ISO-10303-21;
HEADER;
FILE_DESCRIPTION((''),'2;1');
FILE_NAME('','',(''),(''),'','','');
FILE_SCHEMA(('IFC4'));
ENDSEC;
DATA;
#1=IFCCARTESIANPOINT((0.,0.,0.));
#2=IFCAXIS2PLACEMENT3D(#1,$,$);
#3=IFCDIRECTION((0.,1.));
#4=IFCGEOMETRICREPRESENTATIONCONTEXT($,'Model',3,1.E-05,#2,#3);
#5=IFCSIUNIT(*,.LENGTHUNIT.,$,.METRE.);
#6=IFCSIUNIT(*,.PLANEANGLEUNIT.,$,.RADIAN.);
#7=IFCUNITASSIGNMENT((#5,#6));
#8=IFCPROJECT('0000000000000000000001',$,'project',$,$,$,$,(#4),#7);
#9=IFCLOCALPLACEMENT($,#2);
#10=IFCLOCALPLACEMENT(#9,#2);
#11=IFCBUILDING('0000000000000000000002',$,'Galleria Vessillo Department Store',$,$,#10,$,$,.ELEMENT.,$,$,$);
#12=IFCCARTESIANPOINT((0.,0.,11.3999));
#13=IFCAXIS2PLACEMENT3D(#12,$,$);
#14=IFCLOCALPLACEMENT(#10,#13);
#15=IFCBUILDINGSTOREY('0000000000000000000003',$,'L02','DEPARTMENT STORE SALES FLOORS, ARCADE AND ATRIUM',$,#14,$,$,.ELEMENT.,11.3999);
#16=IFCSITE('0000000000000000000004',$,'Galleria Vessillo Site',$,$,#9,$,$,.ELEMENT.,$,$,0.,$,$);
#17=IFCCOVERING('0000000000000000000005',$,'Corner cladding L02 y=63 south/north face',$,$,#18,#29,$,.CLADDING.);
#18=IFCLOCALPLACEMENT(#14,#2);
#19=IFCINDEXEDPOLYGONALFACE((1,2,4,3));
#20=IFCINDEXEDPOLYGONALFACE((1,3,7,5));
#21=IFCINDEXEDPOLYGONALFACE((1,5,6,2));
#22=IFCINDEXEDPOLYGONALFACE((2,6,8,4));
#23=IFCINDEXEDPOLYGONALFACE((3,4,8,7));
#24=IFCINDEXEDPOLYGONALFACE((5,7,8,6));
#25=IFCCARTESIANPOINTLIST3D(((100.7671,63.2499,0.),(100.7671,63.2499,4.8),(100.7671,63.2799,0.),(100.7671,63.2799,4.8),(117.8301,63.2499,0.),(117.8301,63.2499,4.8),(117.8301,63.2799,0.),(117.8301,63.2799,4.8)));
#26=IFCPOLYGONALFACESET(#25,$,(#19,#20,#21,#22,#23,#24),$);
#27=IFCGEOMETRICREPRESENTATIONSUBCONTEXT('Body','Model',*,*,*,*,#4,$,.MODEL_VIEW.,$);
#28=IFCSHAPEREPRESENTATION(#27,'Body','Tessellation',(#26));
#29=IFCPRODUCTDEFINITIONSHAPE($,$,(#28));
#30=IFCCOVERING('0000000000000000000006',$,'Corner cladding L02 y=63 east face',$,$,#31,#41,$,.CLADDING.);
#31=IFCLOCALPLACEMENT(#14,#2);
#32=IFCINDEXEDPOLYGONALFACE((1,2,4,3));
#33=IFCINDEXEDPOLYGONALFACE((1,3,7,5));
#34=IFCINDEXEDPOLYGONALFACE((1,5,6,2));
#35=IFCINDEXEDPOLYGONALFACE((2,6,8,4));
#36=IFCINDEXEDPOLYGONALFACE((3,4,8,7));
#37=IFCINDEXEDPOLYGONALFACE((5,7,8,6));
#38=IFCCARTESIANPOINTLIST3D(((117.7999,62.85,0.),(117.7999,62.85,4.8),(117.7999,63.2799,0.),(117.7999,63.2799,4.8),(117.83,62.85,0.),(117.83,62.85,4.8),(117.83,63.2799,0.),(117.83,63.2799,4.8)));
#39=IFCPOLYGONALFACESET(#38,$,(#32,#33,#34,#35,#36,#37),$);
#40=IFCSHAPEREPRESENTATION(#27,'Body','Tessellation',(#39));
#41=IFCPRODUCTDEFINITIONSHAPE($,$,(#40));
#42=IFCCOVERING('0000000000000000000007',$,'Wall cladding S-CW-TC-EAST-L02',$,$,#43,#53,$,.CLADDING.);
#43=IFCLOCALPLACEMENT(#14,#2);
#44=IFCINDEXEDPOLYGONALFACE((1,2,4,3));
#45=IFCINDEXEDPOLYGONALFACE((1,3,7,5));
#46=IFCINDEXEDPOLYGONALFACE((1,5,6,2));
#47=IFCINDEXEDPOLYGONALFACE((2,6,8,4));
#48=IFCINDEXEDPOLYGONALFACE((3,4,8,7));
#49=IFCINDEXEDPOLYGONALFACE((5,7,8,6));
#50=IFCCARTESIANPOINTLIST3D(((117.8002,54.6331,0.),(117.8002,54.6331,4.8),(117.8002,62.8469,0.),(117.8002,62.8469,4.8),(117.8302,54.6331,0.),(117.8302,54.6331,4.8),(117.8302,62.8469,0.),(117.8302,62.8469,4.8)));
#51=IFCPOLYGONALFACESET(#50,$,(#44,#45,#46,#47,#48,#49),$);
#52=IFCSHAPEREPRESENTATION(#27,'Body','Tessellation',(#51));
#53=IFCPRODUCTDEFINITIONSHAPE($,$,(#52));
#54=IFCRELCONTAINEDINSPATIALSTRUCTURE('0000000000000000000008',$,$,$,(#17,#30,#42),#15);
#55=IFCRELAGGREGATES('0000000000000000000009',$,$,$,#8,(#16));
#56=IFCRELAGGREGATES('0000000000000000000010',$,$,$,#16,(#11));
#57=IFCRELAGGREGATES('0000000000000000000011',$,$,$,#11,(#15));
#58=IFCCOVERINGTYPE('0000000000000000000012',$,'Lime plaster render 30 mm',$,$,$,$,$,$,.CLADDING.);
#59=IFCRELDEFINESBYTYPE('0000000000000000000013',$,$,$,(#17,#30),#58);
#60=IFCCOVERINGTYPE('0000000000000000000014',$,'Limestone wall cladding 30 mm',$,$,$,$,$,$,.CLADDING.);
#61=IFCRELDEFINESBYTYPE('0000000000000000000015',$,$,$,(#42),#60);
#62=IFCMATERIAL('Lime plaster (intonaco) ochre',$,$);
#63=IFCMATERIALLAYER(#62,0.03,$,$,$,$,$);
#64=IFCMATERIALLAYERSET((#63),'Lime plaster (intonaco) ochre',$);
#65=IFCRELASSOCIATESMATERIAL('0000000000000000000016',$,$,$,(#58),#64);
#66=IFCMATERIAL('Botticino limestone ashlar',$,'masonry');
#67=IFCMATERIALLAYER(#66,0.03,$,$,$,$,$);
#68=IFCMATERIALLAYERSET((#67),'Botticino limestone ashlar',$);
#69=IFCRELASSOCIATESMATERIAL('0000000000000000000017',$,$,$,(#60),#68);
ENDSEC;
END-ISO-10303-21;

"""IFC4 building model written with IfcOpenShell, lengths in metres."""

from ifc_helpers import new_model, si_unit, direction, frame, origin, origin_2d, place, context, subcontext, project, spatial, rectangle, extrude, material, layer, layer_set, type_object, element, save


model = new_model("IFC4")

# Units and contexts
model_context = context("Model", 3, precision=1e-05, world=origin(), true_north=direction((0.0, 1.0)))
body_context = subcontext(model_context, "Body", "Model", "MODEL_VIEW")
ifc_project = project(units=[si_unit("LENGTHUNIT", "METRE"), si_unit("PLANEANGLEUNIT", "RADIAN")], contexts=[model_context])

# Site, building, storey
site_placement = place(None, origin())
site = spatial("IfcSite", under=ifc_project, at=site_placement, Name="Galleria Vessillo Site", CompositionType="ELEMENT", RefElevation=0.0)
building_placement = place(site_placement, origin())
building = spatial("IfcBuilding", under=site, at=building_placement, Name="Galleria Vessillo Department Store", CompositionType="ELEMENT")
storey_placement = place(building_placement, frame((0.0, 0.0, 11.3999)))
storey = spatial("IfcBuildingStorey", under=building, at=storey_placement, Name="L02", Description="DEPARTMENT STORE SALES FLOORS, ARCADE AND ATRIUM", CompositionType="ELEMENT", Elevation=11.3999)

# Coverings
ifc_material_1 = material(Name="Lime plaster (intonaco) ochre")
ifc_layer_1 = layer(ifc_material_1, 0.03)
ifc_layer_set_1 = layer_set([ifc_layer_1], Name="Lime plaster (intonaco) ochre")
covering_type_1 = type_object("IfcCoveringType", Name="Lime plaster render 30 mm", PredefinedType="CLADDING", material=ifc_layer_set_1)
covering_1_placement = place(storey_placement, frame((109.2986, 63.2649, 0.0), z_axis=(0.0, 0.0, 1.0), x_axis=(1.0, 0.0, 0.0)))
element("IfcCovering", 1, at=covering_1_placement, inside=storey, type_object=covering_type_1, Name="Corner cladding L02 y=63 south/north face", PredefinedType="CLADDING", context=body_context, shape_type="SweptSolid", body=[
    extrude(rectangle(XDim=17.063, YDim=0.03, at=origin_2d()), origin(), (0.0, 0.0, 1.0), 4.8),
])
covering_2_placement = place(storey_placement, frame((117.8149, 63.0649, 0.0), z_axis=(0.0, 0.0, 1.0), x_axis=(1.0, 0.0, 0.0)))
element("IfcCovering", 2, at=covering_2_placement, inside=storey, type_object=covering_type_1, Name="Corner cladding L02 y=63 east face", PredefinedType="CLADDING", context=body_context, shape_type="SweptSolid", body=[
    extrude(rectangle(XDim=0.03, YDim=0.4299, at=origin_2d()), origin(), (0.0, 0.0, 1.0), 4.8),
])
ifc_material_2 = material(Name="Botticino limestone ashlar", Category="masonry")
ifc_layer_2 = layer(ifc_material_2, 0.03)
ifc_layer_set_2 = layer_set([ifc_layer_2], Name="Botticino limestone ashlar")
covering_type_2 = type_object("IfcCoveringType", Name="Limestone wall cladding 30 mm", PredefinedType="CLADDING", material=ifc_layer_set_2)
covering_3_placement = place(storey_placement, frame((117.8152, 58.74, 0.0), z_axis=(0.0, 0.0, 1.0), x_axis=(1.0, 0.0, 0.0)))
element("IfcCovering", 3, at=covering_3_placement, inside=storey, type_object=covering_type_2, Name="Wall cladding S-CW-TC-EAST-L02", PredefinedType="CLADDING", context=body_context, shape_type="SweptSolid", body=[
    extrude(rectangle(XDim=0.03, YDim=8.2139, at=origin_2d()), origin(), (0.0, 0.0, 1.0), 4.8),
])

save(model, "model.ifc")
